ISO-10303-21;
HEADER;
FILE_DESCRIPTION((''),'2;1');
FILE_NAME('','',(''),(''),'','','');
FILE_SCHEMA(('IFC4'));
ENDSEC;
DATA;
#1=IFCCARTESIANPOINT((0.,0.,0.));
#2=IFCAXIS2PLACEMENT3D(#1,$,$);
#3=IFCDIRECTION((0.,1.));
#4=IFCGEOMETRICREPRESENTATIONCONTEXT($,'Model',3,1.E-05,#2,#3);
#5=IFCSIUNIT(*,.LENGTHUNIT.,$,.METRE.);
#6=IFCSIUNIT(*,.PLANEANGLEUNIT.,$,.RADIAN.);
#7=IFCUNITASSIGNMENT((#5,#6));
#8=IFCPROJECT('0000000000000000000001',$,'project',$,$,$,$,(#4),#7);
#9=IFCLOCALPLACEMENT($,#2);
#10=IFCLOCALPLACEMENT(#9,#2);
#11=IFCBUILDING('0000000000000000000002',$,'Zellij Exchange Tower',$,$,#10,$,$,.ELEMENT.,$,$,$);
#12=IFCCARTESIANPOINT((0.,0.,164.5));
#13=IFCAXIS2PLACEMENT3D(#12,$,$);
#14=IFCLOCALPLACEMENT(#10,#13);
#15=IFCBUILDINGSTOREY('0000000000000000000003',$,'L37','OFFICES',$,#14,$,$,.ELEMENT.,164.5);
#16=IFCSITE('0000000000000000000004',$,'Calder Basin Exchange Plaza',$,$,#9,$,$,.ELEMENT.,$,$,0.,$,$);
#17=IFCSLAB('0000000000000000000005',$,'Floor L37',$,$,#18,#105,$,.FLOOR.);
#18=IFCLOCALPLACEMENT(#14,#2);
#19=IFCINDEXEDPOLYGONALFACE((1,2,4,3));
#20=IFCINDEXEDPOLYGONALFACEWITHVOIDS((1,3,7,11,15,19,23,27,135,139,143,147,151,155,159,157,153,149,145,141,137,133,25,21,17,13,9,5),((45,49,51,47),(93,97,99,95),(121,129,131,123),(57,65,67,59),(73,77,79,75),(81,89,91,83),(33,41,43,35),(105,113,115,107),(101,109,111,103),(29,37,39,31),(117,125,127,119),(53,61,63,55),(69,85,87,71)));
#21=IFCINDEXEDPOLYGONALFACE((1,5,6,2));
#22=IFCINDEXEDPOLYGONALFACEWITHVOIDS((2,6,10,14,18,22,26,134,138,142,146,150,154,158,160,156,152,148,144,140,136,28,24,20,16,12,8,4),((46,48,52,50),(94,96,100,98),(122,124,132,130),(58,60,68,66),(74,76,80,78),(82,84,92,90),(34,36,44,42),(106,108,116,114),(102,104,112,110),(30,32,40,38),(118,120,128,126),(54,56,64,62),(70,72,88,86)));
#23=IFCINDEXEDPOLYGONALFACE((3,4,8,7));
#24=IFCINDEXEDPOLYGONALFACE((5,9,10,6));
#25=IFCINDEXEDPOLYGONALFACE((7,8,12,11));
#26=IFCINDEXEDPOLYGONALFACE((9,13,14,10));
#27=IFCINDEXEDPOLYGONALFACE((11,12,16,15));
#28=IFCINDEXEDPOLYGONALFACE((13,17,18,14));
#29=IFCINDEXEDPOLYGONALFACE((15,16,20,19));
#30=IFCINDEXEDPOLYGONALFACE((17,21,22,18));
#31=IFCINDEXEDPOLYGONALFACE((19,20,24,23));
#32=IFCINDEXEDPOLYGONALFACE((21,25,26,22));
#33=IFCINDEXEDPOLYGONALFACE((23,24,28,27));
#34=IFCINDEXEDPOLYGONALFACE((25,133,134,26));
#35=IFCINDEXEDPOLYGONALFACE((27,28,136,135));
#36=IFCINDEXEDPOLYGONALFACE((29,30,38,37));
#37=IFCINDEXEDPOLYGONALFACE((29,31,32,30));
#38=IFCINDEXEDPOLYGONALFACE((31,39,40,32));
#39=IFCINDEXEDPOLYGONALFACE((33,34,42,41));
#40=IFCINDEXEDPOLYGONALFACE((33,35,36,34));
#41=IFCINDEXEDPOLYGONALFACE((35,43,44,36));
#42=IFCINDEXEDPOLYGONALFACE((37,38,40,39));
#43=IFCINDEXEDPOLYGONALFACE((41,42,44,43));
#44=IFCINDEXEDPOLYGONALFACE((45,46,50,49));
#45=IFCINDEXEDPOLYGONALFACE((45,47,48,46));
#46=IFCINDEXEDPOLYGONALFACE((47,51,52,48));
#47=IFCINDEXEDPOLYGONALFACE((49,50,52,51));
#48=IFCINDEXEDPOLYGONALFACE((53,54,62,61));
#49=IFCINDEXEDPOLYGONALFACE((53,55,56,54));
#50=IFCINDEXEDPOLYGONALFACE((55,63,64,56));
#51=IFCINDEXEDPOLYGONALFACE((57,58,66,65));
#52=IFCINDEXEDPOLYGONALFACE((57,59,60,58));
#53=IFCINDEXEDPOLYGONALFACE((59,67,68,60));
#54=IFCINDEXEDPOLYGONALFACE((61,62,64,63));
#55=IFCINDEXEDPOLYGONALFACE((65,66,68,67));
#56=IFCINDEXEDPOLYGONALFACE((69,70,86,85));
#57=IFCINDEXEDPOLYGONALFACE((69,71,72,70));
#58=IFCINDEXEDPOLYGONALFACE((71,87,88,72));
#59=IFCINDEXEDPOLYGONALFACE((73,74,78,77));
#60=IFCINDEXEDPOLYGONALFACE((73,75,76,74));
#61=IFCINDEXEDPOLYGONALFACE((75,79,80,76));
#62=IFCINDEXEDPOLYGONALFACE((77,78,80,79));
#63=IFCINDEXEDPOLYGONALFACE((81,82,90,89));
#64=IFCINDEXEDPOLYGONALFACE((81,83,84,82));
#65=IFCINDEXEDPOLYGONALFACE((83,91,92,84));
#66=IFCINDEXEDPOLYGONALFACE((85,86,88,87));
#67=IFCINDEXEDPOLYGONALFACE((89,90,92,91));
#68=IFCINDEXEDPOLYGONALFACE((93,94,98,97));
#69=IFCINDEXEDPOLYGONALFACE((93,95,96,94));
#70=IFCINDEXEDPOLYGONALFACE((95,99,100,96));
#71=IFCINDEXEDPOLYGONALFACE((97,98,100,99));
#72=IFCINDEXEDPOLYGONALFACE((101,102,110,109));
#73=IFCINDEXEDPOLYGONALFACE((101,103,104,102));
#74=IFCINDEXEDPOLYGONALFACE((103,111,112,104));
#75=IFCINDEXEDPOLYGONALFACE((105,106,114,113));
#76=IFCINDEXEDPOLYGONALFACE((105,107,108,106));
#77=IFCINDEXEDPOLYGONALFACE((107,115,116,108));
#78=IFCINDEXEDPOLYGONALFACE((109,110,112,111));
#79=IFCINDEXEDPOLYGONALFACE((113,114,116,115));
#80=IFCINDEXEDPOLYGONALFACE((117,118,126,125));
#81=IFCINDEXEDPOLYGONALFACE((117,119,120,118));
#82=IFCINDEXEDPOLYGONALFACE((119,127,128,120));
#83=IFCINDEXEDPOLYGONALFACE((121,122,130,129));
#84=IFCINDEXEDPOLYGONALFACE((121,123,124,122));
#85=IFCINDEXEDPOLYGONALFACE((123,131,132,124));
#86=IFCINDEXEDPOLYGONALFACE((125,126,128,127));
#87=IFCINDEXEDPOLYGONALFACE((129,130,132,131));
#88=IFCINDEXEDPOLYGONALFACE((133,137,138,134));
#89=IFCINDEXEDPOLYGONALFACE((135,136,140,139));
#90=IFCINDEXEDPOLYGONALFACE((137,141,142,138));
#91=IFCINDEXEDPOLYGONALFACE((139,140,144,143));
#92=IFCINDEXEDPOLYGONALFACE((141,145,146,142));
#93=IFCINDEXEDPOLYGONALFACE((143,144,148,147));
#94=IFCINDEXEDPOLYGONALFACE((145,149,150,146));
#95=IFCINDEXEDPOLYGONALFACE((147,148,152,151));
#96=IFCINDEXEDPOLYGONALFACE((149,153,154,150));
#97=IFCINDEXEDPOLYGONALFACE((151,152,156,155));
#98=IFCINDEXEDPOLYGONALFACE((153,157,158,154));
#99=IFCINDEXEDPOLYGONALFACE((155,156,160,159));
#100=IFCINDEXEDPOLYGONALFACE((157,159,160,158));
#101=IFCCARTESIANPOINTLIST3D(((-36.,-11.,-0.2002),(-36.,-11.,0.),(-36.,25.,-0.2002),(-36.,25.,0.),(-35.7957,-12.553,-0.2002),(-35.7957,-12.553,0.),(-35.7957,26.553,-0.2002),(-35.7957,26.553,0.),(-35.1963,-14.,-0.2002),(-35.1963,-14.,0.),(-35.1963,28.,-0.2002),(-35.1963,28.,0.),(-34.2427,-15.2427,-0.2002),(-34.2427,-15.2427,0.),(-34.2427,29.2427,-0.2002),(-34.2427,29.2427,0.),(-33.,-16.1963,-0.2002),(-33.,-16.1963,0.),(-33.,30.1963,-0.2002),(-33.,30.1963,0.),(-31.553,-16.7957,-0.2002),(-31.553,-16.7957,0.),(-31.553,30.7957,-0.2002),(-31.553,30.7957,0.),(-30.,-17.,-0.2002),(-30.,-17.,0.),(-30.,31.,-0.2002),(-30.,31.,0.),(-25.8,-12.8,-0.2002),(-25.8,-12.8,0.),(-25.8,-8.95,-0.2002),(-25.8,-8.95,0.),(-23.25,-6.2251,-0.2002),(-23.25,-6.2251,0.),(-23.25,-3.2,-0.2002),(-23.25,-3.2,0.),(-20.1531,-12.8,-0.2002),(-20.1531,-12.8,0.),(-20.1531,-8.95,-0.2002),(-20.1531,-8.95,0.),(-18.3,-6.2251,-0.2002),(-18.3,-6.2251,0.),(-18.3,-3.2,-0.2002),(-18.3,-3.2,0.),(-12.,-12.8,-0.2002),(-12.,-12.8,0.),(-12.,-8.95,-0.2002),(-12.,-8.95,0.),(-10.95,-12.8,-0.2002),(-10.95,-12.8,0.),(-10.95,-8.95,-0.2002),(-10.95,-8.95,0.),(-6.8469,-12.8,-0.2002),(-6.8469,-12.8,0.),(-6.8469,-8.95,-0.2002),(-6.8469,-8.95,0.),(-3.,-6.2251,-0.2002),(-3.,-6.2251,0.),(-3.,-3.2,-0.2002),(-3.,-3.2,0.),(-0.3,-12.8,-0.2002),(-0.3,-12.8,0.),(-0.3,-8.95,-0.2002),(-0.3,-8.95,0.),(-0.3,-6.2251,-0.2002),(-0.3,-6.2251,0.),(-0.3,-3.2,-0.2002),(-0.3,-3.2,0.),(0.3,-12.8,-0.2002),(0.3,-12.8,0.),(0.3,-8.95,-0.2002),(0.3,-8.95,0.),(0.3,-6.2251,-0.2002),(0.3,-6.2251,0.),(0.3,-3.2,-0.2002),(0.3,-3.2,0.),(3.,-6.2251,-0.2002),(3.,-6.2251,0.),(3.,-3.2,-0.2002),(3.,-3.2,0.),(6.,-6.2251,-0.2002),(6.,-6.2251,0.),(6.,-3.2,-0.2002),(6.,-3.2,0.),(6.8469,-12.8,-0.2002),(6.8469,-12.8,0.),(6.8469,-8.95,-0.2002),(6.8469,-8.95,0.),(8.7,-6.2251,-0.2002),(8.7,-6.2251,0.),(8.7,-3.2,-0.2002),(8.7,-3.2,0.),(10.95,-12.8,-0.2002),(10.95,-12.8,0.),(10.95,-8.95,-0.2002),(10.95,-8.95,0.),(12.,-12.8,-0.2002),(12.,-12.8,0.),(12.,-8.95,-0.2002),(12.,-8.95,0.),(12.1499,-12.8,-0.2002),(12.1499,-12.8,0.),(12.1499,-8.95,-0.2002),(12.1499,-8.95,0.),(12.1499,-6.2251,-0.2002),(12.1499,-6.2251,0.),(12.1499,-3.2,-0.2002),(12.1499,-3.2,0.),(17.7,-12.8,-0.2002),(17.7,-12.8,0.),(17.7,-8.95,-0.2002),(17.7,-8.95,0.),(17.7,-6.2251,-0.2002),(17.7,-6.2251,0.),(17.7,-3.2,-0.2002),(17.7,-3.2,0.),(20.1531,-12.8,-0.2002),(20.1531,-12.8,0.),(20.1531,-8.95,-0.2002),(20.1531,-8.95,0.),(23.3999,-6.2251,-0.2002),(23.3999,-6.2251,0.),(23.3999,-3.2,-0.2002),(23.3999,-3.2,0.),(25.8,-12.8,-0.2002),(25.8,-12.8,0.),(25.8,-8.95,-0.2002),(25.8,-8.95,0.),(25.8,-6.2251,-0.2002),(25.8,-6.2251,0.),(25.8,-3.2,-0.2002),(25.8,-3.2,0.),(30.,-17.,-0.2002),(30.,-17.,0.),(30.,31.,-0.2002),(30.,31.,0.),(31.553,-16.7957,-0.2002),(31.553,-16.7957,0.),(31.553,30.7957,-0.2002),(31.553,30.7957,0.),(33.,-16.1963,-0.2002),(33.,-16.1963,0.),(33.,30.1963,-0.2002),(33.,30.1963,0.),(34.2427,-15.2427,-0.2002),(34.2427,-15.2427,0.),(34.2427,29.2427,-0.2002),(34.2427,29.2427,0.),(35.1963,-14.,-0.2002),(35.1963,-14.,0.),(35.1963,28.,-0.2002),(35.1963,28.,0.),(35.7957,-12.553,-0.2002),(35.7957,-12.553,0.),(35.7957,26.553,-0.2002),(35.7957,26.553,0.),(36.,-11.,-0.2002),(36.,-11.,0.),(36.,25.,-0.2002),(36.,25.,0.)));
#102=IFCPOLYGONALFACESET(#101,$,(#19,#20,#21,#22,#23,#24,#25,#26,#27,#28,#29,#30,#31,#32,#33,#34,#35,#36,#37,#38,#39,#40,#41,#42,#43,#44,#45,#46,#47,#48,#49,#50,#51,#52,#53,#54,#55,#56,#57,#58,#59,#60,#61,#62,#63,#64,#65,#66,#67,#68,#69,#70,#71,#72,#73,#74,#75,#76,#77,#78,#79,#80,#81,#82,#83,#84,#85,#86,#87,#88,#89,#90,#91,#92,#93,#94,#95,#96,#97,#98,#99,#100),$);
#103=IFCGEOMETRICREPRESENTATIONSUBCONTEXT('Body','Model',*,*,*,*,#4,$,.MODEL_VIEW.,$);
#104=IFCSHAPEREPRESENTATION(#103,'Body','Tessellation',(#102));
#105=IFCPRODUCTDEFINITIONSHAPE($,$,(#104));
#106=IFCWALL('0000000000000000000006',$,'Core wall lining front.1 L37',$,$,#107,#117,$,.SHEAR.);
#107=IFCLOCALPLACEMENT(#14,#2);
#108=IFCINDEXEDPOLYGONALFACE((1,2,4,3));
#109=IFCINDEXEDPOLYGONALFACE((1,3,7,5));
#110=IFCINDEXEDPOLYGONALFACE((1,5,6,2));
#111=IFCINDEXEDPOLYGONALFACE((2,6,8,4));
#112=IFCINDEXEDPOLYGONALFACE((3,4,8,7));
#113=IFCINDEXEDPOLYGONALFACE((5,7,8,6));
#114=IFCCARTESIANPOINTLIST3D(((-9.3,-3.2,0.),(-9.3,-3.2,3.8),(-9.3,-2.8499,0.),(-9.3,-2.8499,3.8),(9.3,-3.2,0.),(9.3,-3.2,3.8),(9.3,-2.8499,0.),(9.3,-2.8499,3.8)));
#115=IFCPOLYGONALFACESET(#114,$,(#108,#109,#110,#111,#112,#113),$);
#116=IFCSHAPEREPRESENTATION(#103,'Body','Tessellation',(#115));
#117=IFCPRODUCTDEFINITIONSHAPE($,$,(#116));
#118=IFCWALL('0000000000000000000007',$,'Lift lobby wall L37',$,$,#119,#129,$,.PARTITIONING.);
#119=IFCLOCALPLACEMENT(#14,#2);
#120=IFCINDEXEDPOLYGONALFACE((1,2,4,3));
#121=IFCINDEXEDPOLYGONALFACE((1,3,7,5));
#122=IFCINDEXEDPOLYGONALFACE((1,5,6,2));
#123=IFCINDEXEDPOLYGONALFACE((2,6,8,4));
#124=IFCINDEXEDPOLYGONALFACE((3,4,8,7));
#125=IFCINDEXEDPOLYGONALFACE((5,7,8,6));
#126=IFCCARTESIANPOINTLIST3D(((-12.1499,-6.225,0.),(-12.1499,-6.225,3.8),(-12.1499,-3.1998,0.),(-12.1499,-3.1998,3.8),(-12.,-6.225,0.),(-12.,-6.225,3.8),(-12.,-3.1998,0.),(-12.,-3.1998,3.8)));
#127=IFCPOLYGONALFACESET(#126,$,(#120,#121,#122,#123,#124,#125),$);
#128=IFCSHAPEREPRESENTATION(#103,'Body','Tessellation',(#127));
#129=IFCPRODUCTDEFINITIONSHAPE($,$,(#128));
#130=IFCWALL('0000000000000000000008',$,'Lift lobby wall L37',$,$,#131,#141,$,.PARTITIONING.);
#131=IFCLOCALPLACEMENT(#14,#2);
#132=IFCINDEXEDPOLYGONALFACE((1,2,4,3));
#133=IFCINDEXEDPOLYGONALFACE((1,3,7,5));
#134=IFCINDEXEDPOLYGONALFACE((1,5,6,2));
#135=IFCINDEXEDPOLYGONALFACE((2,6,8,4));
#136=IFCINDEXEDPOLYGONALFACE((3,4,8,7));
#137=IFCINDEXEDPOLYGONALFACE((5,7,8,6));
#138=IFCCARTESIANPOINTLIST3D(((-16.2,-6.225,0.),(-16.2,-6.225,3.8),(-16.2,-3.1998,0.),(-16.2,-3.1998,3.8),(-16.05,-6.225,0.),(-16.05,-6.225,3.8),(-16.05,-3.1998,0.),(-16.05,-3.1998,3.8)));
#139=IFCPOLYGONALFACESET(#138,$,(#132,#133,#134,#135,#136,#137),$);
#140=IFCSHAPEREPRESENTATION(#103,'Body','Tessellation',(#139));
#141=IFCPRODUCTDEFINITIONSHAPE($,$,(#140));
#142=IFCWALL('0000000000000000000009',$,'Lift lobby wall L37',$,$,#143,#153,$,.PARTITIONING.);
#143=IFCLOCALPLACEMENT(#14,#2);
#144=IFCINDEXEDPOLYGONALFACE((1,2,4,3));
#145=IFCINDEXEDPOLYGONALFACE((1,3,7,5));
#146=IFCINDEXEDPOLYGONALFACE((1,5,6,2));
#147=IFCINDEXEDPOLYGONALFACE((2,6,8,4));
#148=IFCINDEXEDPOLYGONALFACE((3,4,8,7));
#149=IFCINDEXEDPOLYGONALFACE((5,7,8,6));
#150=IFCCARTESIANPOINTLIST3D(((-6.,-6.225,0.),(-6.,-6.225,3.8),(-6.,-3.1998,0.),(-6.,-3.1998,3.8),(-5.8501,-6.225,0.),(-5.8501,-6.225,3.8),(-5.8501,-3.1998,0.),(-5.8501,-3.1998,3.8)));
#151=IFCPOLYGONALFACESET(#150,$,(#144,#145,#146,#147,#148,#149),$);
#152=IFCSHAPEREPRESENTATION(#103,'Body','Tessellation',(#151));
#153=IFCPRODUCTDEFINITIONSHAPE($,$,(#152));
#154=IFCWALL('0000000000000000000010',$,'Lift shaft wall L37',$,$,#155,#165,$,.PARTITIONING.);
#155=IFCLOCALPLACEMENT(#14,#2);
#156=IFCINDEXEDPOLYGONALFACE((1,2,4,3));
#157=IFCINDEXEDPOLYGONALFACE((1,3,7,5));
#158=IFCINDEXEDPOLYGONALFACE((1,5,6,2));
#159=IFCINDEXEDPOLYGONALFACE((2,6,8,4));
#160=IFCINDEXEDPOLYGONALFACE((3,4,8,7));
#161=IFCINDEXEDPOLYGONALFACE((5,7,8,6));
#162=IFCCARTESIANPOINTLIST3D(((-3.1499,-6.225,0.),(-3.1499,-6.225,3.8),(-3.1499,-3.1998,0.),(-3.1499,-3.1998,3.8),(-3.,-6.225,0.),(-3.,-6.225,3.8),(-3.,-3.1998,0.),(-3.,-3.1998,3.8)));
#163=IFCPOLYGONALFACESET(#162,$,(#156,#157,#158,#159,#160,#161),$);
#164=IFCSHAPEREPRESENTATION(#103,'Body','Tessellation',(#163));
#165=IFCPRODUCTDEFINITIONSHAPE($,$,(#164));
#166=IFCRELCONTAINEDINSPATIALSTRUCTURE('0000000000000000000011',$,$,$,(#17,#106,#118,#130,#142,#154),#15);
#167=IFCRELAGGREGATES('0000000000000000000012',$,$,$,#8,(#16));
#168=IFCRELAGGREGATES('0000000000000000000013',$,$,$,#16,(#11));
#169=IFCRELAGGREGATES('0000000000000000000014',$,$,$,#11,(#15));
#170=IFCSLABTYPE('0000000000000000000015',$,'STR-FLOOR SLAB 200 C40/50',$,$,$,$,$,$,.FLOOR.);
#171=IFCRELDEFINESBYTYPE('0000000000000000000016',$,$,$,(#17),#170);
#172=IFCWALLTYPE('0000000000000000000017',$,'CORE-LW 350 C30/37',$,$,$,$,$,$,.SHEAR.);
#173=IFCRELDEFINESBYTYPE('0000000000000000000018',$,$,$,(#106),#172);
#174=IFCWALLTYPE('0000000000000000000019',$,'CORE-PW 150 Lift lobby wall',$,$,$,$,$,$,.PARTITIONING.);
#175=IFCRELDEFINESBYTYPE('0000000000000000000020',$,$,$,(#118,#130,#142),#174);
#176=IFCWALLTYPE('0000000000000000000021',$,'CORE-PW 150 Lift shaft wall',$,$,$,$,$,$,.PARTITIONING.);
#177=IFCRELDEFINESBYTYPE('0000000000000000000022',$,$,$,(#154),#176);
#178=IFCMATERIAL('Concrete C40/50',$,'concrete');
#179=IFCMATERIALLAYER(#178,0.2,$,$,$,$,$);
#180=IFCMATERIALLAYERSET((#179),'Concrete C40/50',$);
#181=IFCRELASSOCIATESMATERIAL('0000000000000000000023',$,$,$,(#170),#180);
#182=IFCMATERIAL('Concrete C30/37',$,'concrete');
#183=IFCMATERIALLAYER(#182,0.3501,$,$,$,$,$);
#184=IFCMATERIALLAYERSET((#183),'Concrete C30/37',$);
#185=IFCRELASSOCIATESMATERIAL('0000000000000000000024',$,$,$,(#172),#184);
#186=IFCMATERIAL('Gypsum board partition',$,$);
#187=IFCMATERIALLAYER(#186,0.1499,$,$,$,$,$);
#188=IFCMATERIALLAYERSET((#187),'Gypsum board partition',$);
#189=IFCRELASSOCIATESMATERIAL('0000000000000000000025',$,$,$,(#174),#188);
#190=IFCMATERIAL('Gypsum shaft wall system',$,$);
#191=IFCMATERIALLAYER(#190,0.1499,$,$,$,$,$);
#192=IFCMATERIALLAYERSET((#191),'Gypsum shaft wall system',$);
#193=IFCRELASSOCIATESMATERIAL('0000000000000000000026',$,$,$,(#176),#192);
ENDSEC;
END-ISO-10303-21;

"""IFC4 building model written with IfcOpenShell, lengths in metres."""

from ifc_helpers import new_model, si_unit, direction, frame, frame_2d, origin, place, context, subcontext, project, spatial, polyline, rectangle, outline, extrude, material, layer, layer_set, type_object, element, save


model = new_model("IFC4")

# Units and contexts
model_context = context("Model", 3, precision=1e-05, world=origin(), true_north=direction((0.0, 1.0)))
body_context = subcontext(model_context, "Body", "Model", "MODEL_VIEW")
ifc_project = project(units=[si_unit("LENGTHUNIT", "METRE"), si_unit("PLANEANGLEUNIT", "RADIAN")], contexts=[model_context])

# Site, building, storey
site_placement = place(None, origin())
site = spatial("IfcSite", under=ifc_project, at=site_placement, Name="Calder Basin Exchange Plaza", CompositionType="ELEMENT", RefElevation=0.0)
building_placement = place(site_placement, origin())
building = spatial("IfcBuilding", under=site, at=building_placement, Name="Zellij Exchange Tower", CompositionType="ELEMENT")
storey_placement = place(building_placement, frame((0.0, 0.0, 164.5)))
storey = spatial("IfcBuildingStorey", under=building, at=storey_placement, Name="L37", Description="OFFICES", CompositionType="ELEMENT", Elevation=164.5)

# Slab
ifc_material_1 = material(Name="Concrete C40/50", Category="concrete")
ifc_layer_1 = layer(ifc_material_1, 0.2)
ifc_layer_set_1 = layer_set([ifc_layer_1], Name="Concrete C40/50")
slab_type = type_object("IfcSlabType", Name="STR-FLOOR SLAB 200 C40/50", PredefinedType="FLOOR", material=ifc_layer_set_1)
slab_placement = place(storey_placement, frame((0.0, 0.0, -0.2002)))
element("IfcSlab", 1, at=slab_placement, inside=storey, type_object=slab_type, Name="Floor L37", PredefinedType="FLOOR", context=body_context, shape_type="SweptSolid", body=[
    extrude(outline(polyline([(-30.0, -17.0), (-31.553, -16.7957), (-33.0, -16.1963), (-34.2427, -15.2427), (-35.1963, -14.0), (-35.7957, -12.553), (-36.0, -11.0), (-36.0, 25.0), (-35.7957, 26.553), (-35.1963, 28.0), (-34.2427, 29.2427), (-33.0, 30.1963), (-31.553, 30.7957), (-30.0, 31.0), (30.0, 31.0), (31.553, 30.7957), (33.0, 30.1963), (34.2427, 29.2427), (35.1963, 28.0), (35.7957, 26.553), (36.0, 25.0), (36.0, -11.0), (35.7957, -12.553), (35.1963, -14.0), (34.2427, -15.2427), (33.0, -16.1963), (31.553, -16.7957), (30.0, -17.0), (-30.0, -17.0)]), holes=[polyline([(-25.8, -8.95), (-25.8, -12.8), (-20.1531, -12.8), (-20.1531, -8.95), (-25.8, -8.95)]), polyline([(-10.95, -8.95), (-12.0, -8.95), (-12.0, -12.8), (-10.95, -12.8), (-10.95, -8.95)]), polyline([(-0.3, -8.95), (-6.8469, -8.95), (-6.8469, -12.8), (-0.3, -12.8), (-0.3, -8.95)]), polyline([(0.3, -8.95), (0.3, -12.8), (6.8469, -12.8), (6.8469, -8.95), (0.3, -8.95)]), polyline([(-18.3, -3.2), (-23.25, -3.2), (-23.25, -6.2251), (-18.3, -6.2251), (-18.3, -3.2)]), polyline([(-0.3, -3.2), (-3.0, -3.2), (-3.0, -6.2251), (-0.3, -6.2251), (-0.3, -3.2)]), polyline([(0.3, -3.2), (0.3, -6.2251), (3.0, -6.2251), (3.0, -3.2), (0.3, -3.2)]), polyline([(12.0, -8.95), (10.95, -8.95), (10.95, -12.8), (12.0, -12.8), (12.0, -8.95)]), polyline([(17.7, -8.95), (12.1499, -8.95), (12.1499, -12.8), (17.7, -12.8), (17.7, -8.95)]), polyline([(25.8, -8.95), (20.1531, -8.95), (20.1531, -12.8), (25.8, -12.8), (25.8, -8.95)]), polyline([(8.7, -3.2), (6.0, -3.2), (6.0, -6.2251), (8.7, -6.2251), (8.7, -3.2)]), polyline([(17.7, -3.2), (12.1499, -3.2), (12.1499, -6.2251), (17.7, -6.2251), (17.7, -3.2)]), polyline([(25.8, -3.2), (23.3999, -3.2), (23.3999, -6.2251), (25.8, -6.2251), (25.8, -3.2)])]), origin(), (0.0, 0.0, 1.0), 0.2002),
])

# Walls
ifc_material_2 = material(Name="Concrete C30/37", Category="concrete")
ifc_layer_2 = layer(ifc_material_2, 0.3501)
ifc_layer_set_2 = layer_set([ifc_layer_2], Name="Concrete C30/37")
wall_type_1 = type_object("IfcWallType", Name="CORE-LW 350 C30/37", PredefinedType="SHEAR", material=ifc_layer_set_2)
wall_1_placement = place(storey_placement, frame((-9.3, -3.0249, 0.0), z_axis=(0.0, 0.0, 1.0), x_axis=(1.0, 0.0, 0.0)))
element("IfcWall", 2, at=wall_1_placement, inside=storey, type_object=wall_type_1, Name="Core wall lining front.1 L37", PredefinedType="SHEAR", context=body_context, shape_type="SweptSolid", body=[
    extrude(rectangle(XDim=18.6001, YDim=0.3501, at=frame_2d((9.3, 0.0))), origin(), (0.0, 0.0, 1.0), 3.8),
])
ifc_material_3 = material(Name="Gypsum board partition")
ifc_layer_3 = layer(ifc_material_3, 0.1499)
ifc_layer_set_3 = layer_set([ifc_layer_3], Name="Gypsum board partition")
wall_type_2 = type_object("IfcWallType", Name="CORE-PW 150 Lift lobby wall", PredefinedType="PARTITIONING", material=ifc_layer_set_3)
for number, where, z_axis, x_axis, name in (
    (3, (-12.075, -6.2251, 0.0), (0.0, 0.0, 1.0), (0.0, 1.0, 0.0), "Lift lobby wall L37"),
    (4, (-16.125, -6.2251, 0.0), (0.0, 0.0, 1.0), (0.0, 1.0, 0.0), "Lift lobby wall L37"),
    (5, (-5.925, -6.2251, 0.0), (0.0, 0.0, 1.0), (0.0, 1.0, 0.0), "Lift lobby wall L37"),
):
    element("IfcWall", number, at=place(storey_placement, frame(where, z_axis=z_axis, x_axis=x_axis)), inside=storey, type_object=wall_type_2, Name=name, PredefinedType="PARTITIONING", context=body_context, shape_type="SweptSolid", body=[
        extrude(rectangle(XDim=3.0251, YDim=0.1499, at=frame_2d((1.5127, 0.0))), origin(), (0.0, 0.0, 1.0), 3.8),
    ])
ifc_material_4 = material(Name="Gypsum shaft wall system")
ifc_layer_4 = layer(ifc_material_4, 0.1499)
ifc_layer_set_4 = layer_set([ifc_layer_4], Name="Gypsum shaft wall system")
wall_type_3 = type_object("IfcWallType", Name="CORE-PW 150 Lift shaft wall", PredefinedType="PARTITIONING", material=ifc_layer_set_4)
wall_2_placement = place(storey_placement, frame((-3.075, -6.2251, 0.0), z_axis=(0.0, 0.0, 1.0), x_axis=(0.0, 1.0, 0.0)))
element("IfcWall", 6, at=wall_2_placement, inside=storey, type_object=wall_type_3, Name="Lift shaft wall L37", PredefinedType="PARTITIONING", context=body_context, shape_type="SweptSolid", body=[
    extrude(rectangle(XDim=3.0251, YDim=0.1499, at=frame_2d((1.5127, 0.0))), origin(), (0.0, 0.0, 1.0), 3.8),
])

save(model, "model.ifc")
